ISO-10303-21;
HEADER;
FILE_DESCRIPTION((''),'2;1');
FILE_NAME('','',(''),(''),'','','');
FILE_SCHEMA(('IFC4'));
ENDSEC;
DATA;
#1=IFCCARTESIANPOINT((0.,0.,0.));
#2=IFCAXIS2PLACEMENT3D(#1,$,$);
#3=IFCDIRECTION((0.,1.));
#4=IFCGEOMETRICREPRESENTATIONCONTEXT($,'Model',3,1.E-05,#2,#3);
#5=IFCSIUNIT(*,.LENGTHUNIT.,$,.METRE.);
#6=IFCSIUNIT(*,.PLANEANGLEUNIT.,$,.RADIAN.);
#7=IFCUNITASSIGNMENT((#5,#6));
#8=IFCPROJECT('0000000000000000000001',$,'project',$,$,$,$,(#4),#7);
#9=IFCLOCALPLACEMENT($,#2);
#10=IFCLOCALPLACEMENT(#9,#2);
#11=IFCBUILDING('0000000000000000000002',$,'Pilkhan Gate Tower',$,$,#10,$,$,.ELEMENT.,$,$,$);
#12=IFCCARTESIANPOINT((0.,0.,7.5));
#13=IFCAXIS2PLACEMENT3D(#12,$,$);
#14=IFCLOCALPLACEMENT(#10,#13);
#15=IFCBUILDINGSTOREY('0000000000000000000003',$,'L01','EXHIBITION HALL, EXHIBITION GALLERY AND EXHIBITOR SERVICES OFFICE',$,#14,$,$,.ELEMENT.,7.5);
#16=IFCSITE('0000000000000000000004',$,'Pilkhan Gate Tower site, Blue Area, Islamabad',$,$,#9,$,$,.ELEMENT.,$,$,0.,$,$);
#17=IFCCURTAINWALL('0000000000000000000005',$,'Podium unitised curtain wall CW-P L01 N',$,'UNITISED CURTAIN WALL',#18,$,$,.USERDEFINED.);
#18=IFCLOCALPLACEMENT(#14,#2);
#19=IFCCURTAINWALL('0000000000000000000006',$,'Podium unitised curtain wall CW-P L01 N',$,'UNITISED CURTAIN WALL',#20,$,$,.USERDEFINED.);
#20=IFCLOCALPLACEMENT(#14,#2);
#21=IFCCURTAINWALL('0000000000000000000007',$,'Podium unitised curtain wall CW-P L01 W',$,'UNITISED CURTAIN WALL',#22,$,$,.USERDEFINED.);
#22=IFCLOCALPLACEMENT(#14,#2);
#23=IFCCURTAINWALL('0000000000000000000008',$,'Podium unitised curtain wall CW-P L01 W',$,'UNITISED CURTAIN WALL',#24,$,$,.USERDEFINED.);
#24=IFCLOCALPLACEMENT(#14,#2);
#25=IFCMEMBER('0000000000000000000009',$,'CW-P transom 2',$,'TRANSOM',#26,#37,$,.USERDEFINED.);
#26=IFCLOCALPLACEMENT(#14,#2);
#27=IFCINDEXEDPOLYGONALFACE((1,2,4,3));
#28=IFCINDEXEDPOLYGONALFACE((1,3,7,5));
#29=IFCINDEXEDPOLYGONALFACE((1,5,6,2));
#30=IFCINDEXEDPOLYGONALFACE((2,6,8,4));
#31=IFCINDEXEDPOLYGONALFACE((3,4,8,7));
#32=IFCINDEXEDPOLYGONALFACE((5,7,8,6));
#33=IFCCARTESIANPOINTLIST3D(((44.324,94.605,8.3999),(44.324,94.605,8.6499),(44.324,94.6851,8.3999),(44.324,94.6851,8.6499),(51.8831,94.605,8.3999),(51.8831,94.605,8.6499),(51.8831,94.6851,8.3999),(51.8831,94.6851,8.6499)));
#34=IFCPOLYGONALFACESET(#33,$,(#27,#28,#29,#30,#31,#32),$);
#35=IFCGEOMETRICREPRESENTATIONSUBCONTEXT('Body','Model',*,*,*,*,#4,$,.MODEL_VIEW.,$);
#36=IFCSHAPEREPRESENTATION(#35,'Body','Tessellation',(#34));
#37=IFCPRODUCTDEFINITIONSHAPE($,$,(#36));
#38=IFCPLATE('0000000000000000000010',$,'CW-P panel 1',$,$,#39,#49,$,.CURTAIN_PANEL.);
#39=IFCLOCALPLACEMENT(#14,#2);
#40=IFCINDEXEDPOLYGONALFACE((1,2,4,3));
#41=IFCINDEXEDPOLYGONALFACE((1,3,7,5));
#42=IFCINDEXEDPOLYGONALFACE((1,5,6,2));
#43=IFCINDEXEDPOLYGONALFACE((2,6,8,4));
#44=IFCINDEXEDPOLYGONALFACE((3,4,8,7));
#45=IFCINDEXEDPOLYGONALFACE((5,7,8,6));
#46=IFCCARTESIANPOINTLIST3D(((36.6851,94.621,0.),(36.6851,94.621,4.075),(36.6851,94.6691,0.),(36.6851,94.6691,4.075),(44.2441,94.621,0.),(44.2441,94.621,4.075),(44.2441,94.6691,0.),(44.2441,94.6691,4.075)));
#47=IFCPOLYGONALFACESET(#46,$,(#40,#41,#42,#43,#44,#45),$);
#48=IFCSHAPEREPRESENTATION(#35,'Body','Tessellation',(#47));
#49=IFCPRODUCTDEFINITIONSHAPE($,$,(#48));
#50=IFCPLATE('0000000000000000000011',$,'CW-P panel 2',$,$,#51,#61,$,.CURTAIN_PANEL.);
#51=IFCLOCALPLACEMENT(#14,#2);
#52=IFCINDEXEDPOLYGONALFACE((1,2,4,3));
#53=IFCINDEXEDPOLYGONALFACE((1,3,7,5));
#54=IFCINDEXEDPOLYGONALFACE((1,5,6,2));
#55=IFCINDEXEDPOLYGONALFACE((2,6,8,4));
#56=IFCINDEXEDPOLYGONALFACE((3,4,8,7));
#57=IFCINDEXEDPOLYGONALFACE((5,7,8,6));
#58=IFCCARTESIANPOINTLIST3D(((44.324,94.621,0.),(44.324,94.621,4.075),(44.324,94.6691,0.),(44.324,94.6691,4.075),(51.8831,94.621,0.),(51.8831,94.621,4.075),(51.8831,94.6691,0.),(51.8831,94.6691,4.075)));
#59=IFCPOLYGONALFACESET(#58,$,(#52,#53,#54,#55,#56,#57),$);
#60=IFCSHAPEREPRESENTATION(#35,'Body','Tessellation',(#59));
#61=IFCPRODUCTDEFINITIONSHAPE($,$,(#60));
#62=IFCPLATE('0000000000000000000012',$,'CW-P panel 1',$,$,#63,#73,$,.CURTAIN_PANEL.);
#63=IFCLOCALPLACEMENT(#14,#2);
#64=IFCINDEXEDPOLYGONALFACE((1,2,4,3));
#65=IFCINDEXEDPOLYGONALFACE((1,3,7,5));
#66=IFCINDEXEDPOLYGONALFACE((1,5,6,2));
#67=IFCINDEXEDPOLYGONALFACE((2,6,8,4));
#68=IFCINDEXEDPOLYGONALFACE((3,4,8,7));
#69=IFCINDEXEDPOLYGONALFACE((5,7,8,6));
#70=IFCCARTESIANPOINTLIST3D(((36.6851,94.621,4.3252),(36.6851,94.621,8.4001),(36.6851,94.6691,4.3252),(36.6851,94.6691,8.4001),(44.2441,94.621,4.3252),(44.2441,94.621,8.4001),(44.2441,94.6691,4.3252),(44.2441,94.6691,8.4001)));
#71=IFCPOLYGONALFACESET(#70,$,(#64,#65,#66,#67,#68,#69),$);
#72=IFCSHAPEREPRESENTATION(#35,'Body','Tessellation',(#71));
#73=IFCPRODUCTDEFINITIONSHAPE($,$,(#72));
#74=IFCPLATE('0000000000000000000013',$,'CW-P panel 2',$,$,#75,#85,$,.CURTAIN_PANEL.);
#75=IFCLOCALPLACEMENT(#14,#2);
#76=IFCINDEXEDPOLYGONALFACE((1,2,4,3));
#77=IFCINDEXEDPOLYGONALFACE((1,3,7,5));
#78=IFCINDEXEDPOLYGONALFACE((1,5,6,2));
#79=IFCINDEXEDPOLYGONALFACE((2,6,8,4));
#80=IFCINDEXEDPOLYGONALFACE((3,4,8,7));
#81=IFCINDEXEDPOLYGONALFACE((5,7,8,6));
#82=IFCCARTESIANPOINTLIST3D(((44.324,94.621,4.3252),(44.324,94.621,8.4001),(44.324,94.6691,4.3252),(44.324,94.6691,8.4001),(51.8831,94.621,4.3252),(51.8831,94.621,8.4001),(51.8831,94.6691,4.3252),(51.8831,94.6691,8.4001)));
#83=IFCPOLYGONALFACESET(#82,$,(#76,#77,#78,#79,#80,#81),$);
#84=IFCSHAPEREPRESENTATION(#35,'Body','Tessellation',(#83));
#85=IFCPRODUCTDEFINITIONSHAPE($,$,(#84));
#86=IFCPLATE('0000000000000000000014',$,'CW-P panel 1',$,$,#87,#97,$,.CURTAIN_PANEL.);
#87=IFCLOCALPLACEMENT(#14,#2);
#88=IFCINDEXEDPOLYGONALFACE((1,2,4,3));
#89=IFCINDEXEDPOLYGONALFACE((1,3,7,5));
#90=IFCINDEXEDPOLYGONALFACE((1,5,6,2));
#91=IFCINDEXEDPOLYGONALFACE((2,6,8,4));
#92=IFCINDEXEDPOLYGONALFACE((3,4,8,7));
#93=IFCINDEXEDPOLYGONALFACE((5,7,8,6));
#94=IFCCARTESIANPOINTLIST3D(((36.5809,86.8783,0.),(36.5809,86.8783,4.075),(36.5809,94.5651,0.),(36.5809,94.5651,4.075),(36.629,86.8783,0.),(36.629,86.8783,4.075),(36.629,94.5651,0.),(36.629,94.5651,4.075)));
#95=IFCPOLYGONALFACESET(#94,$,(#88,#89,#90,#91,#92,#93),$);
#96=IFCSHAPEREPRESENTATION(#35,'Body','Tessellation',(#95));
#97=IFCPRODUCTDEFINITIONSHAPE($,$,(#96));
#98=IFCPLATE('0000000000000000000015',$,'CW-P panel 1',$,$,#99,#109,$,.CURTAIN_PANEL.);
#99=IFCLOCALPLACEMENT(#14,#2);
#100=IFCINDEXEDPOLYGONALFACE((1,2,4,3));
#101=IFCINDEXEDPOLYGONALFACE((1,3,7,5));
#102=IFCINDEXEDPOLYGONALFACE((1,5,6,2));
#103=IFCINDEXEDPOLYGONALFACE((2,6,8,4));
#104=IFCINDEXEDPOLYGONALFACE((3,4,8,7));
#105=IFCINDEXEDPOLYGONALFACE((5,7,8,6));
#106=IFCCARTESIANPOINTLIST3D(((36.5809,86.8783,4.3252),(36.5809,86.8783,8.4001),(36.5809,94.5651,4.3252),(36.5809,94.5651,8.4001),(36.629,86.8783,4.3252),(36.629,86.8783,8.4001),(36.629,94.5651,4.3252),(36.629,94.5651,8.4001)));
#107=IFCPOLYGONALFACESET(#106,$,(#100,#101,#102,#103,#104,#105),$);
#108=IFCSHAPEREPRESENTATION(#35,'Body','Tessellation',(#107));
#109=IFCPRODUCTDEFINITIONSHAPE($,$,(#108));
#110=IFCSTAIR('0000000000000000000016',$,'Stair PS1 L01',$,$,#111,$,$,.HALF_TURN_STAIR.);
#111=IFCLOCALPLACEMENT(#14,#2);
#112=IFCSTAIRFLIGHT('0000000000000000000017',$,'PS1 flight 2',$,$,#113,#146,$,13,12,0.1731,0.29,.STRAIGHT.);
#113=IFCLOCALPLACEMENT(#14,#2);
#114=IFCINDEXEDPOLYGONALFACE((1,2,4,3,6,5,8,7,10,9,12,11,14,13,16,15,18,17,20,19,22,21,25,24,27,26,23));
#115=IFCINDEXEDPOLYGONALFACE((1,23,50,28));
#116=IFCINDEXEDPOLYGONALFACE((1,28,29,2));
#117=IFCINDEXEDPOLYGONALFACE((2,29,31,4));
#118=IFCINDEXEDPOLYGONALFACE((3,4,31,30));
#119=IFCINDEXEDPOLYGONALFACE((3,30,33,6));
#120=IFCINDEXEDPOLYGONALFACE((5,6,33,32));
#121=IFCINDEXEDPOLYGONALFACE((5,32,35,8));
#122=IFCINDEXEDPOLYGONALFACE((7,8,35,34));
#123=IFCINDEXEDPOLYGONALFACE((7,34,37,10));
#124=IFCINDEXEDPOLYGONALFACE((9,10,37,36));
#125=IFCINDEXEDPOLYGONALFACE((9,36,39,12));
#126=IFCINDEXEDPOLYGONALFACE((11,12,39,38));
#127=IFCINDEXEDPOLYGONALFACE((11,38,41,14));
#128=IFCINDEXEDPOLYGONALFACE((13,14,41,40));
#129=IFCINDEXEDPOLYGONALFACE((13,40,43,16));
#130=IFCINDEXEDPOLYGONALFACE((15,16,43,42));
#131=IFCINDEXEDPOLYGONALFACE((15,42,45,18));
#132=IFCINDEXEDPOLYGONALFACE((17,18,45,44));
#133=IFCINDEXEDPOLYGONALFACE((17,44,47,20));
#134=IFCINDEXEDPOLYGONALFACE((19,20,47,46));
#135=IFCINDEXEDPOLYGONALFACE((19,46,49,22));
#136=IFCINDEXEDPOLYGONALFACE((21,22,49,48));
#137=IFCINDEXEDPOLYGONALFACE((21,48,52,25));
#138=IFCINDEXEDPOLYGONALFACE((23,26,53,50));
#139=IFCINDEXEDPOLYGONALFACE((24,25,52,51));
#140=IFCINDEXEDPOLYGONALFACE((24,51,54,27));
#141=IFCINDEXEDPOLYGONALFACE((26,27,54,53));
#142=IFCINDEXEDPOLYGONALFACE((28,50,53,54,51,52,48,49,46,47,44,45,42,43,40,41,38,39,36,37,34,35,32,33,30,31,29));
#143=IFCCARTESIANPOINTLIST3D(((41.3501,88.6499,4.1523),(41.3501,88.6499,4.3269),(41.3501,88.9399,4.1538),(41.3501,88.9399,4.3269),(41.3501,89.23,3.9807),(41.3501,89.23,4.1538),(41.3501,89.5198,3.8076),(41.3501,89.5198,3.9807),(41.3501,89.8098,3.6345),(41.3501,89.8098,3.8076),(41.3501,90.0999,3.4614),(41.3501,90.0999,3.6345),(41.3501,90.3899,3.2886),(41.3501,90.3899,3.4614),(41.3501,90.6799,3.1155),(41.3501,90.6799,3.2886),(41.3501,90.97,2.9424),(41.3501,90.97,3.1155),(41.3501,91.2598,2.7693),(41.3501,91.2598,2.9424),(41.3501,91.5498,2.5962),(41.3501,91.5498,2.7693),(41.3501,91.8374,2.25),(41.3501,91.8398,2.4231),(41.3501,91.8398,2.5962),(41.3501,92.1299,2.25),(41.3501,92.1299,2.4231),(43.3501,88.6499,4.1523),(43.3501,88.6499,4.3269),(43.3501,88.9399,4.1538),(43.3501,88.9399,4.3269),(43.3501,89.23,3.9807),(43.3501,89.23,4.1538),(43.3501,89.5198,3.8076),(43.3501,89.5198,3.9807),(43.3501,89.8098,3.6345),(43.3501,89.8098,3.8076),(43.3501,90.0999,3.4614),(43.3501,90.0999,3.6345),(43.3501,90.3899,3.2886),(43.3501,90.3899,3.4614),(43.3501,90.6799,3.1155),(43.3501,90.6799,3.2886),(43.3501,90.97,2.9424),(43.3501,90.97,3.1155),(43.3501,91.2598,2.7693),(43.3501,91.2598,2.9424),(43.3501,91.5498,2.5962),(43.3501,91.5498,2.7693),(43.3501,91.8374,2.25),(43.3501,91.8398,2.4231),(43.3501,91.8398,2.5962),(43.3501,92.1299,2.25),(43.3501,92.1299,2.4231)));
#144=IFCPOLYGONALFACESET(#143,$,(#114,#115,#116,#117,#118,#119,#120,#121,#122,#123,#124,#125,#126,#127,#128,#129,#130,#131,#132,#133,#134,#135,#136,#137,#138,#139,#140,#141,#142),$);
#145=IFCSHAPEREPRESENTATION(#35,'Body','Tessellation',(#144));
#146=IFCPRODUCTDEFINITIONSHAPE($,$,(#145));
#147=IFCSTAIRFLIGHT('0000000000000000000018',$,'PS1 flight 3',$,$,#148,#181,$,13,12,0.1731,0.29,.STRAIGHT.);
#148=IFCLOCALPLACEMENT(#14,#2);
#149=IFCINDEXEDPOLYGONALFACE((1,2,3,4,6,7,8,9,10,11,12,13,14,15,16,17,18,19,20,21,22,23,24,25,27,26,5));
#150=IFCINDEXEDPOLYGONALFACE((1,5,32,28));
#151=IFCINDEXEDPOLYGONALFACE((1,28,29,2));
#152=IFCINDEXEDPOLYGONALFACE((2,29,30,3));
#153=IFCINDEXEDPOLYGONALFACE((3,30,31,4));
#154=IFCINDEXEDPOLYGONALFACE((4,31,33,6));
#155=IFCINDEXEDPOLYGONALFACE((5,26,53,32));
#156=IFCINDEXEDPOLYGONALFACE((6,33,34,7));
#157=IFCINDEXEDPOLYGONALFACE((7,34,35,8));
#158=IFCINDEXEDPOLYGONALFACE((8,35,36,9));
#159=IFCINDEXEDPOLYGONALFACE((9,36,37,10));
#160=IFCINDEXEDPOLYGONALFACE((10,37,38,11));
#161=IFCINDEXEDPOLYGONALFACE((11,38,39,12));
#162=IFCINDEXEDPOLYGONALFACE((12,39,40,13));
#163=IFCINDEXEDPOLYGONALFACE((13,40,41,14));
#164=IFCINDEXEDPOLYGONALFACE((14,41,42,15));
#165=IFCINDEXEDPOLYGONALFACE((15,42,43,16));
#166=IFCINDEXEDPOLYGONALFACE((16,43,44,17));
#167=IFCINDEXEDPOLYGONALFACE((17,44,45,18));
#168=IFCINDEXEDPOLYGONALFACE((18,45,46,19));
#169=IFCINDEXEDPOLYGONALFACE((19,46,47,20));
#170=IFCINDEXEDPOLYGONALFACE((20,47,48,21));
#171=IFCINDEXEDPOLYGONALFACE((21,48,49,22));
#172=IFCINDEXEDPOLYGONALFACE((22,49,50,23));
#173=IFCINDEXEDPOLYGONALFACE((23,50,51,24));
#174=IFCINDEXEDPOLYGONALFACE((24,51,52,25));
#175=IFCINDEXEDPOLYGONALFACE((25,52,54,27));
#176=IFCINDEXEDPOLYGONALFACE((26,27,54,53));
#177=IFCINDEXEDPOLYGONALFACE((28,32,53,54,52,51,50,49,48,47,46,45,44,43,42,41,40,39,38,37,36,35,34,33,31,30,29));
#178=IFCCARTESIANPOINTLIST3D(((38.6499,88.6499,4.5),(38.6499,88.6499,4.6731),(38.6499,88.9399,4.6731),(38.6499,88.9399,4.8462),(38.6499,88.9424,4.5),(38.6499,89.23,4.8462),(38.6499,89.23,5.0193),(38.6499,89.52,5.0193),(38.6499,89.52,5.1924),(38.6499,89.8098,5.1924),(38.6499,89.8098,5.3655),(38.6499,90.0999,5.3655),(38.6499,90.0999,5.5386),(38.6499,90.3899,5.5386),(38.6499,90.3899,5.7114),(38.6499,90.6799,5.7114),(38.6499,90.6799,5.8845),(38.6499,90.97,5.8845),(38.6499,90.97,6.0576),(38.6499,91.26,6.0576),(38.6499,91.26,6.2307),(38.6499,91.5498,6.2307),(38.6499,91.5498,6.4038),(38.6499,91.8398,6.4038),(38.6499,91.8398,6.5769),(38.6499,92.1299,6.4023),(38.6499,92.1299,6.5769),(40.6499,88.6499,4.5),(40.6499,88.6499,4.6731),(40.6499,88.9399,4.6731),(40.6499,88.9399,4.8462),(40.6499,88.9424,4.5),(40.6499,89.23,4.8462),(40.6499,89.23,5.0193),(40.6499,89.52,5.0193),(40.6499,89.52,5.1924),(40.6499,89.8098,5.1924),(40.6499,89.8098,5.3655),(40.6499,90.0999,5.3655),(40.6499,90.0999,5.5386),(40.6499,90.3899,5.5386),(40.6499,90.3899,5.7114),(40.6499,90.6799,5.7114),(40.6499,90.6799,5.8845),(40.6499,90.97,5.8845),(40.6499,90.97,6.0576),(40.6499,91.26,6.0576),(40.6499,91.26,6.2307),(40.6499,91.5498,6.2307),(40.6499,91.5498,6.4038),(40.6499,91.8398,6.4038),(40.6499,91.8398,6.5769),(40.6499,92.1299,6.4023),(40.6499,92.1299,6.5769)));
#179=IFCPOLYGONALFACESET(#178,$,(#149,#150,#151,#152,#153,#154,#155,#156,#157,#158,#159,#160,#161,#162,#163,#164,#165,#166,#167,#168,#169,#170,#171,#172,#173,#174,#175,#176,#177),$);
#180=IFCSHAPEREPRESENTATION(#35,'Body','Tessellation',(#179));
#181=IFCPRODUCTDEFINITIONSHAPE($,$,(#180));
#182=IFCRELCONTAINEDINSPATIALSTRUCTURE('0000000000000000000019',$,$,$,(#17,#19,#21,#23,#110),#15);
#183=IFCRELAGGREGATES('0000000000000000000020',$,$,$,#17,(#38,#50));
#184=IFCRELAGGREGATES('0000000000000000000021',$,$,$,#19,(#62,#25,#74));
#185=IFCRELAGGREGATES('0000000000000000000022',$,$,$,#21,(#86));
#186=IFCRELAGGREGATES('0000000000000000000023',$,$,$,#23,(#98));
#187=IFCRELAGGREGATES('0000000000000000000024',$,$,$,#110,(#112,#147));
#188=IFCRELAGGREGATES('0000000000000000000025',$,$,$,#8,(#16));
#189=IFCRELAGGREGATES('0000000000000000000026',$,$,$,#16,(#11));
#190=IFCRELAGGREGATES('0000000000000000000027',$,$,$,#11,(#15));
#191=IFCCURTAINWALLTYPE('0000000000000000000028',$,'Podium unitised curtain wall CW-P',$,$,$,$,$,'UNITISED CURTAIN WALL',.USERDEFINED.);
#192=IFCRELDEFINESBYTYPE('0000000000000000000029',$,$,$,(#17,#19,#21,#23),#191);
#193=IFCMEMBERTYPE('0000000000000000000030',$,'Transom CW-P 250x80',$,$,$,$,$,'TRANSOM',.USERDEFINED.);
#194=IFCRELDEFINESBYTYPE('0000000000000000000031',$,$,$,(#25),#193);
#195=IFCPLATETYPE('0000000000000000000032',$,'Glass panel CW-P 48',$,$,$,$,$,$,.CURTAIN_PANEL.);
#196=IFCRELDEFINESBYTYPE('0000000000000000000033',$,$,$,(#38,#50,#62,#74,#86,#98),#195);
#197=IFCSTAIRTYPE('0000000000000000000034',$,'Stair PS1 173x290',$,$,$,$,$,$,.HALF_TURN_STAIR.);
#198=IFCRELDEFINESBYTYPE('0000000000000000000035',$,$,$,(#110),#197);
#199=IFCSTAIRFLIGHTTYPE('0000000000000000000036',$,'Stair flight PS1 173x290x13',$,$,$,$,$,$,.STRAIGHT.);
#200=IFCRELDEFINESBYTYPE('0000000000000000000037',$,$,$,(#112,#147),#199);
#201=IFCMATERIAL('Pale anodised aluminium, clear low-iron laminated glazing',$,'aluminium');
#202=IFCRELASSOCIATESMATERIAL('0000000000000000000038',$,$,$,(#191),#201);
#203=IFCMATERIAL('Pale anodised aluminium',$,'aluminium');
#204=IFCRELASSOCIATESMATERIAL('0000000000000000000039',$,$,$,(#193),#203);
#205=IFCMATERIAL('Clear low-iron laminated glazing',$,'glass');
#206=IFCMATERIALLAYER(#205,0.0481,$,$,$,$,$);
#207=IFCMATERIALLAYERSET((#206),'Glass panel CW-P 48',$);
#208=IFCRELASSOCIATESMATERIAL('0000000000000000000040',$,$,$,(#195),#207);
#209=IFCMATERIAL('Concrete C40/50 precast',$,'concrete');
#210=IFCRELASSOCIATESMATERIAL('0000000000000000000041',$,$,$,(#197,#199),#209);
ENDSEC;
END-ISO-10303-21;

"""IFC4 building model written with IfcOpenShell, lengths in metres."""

from ifc_helpers import new_model, si_unit, direction, frame, origin, origin_2d, place, context, subcontext, project, spatial, polyline, rectangle, outline, extrude, material, layer, layer_set, material_profile, profile_set, type_object, element, aggregate, save


model = new_model("IFC4")

# Units and contexts
model_context = context("Model", 3, precision=1e-05, world=origin(), true_north=direction((0.0, 1.0)))
body_context = subcontext(model_context, "Body", "Model", "MODEL_VIEW")
ifc_project = project(units=[si_unit("LENGTHUNIT", "METRE"), si_unit("PLANEANGLEUNIT", "RADIAN")], contexts=[model_context])

# Site, building, storey
site_placement = place(None, origin())
site = spatial("IfcSite", under=ifc_project, at=site_placement, Name="Pilkhan Gate Tower site, Blue Area, Islamabad", CompositionType="ELEMENT", RefElevation=0.0)
building_placement = place(site_placement, origin())
building = spatial("IfcBuilding", under=site, at=building_placement, Name="Pilkhan Gate Tower", CompositionType="ELEMENT")
storey_placement = place(building_placement, frame((0.0, 0.0, 7.5)))
storey = spatial("IfcBuildingStorey", under=building, at=storey_placement, Name="L01", Description="EXHIBITION HALL, EXHIBITION GALLERY AND EXHIBITOR SERVICES OFFICE", CompositionType="ELEMENT", Elevation=7.5)

# Curtain walls
ifc_material_1 = material(Name="Pale anodised aluminium, clear low-iron laminated glazing", Category="aluminium")
curtain_wall_type = type_object("IfcCurtainWallType", Name="Podium unitised curtain wall CW-P", ElementType="UNITISED CURTAIN WALL", PredefinedType="USERDEFINED", material=ifc_material_1)
curtain_wall_1_placement = place(storey_placement, origin())
curtain_wall_1 = element("IfcCurtainWall", 1, at=curtain_wall_1_placement, inside=storey, type_object=curtain_wall_type, Name="Podium unitised curtain wall CW-P L01 N", ObjectType="UNITISED CURTAIN WALL", PredefinedType="USERDEFINED")
ifc_material_2 = material(Name="Pale anodised aluminium", Category="aluminium")
curtain_wall_2_placement = place(storey_placement, origin())
curtain_wall_2 = element("IfcCurtainWall", 2, at=curtain_wall_2_placement, inside=storey, type_object=curtain_wall_type, Name="Podium unitised curtain wall CW-P L01 N", ObjectType="UNITISED CURTAIN WALL", PredefinedType="USERDEFINED")

# Curtain walls
curtain_wall_3_placement = place(storey_placement, origin())
curtain_wall_3 = element("IfcCurtainWall", 3, at=curtain_wall_3_placement, inside=storey, type_object=curtain_wall_type, Name="Podium unitised curtain wall CW-P L01 W", ObjectType="UNITISED CURTAIN WALL", PredefinedType="USERDEFINED")
curtain_wall_4_placement = place(storey_placement, origin())
curtain_wall_4 = element("IfcCurtainWall", 4, at=curtain_wall_4_placement, inside=storey, type_object=curtain_wall_type, Name="Podium unitised curtain wall CW-P L01 W", ObjectType="UNITISED CURTAIN WALL", PredefinedType="USERDEFINED")

# Member
ifc_material_profile_1 = material_profile(ifc_material_2, rectangle(XDim=0.0801, YDim=0.25, at=origin_2d()), Name="Transom 250x80")
ifc_profile_set_1 = profile_set([ifc_material_profile_1], Name="Pale anodised aluminium")
member_type_1 = type_object("IfcMemberType", Name="Transom CW-P 250x80", ElementType="TRANSOM", PredefinedType="USERDEFINED", material=ifc_profile_set_1)
member_1_placement = place(storey_placement, frame((44.324, 94.645, 8.5249), z_axis=(1.0, 0.0, 0.0), x_axis=(0.0, 1.0, 0.0)))
member_1 = element("IfcMember", 5, at=member_1_placement, type_object=member_type_1, Name="CW-P transom 2", ObjectType="TRANSOM", PredefinedType="USERDEFINED", context=body_context, shape_type="SweptSolid", body=[
    extrude(rectangle(XDim=0.0801, YDim=0.25, at=origin_2d()), origin(), (0.0, 0.0, 1.0), 7.5591),
])

# Plates
ifc_material_3 = material(Name="Clear low-iron laminated glazing", Category="glass")
ifc_layer = layer(ifc_material_3, 0.0481)
ifc_layer_set = layer_set([ifc_layer], Name="Glass panel CW-P 48")
plate_type = type_object("IfcPlateType", Name="Glass panel CW-P 48", PredefinedType="CURTAIN_PANEL", material=ifc_layer_set)
plate_1_placement = place(storey_placement, frame((40.4646, 94.645, 0.0), z_axis=(0.0, 0.0, 1.0), x_axis=(1.0, 0.0, 0.0)))
plate_1 = element("IfcPlate", 6, at=plate_1_placement, type_object=plate_type, Name="CW-P panel 1", PredefinedType="CURTAIN_PANEL", context=body_context, shape_type="SweptSolid", body=[
    extrude(rectangle(XDim=7.5591, YDim=0.0481, at=origin_2d()), origin(), (0.0, 0.0, 1.0), 4.075),
])
plate_2_placement = place(storey_placement, frame((48.1035, 94.645, 0.0), z_axis=(0.0, 0.0, 1.0), x_axis=(1.0, 0.0, 0.0)))
plate_2 = element("IfcPlate", 7, at=plate_2_placement, type_object=plate_type, Name="CW-P panel 2", PredefinedType="CURTAIN_PANEL", context=body_context, shape_type="SweptSolid", body=[
    extrude(rectangle(XDim=7.5591, YDim=0.0481, at=origin_2d()), origin(), (0.0, 0.0, 1.0), 4.075),
])
aggregate(curtain_wall_1, [plate_1, plate_2])
plate_3_placement = place(storey_placement, frame((40.4646, 94.645, 4.3252), z_axis=(0.0, 0.0, 1.0), x_axis=(1.0, 0.0, 0.0)))
plate_3 = element("IfcPlate", 8, at=plate_3_placement, type_object=plate_type, Name="CW-P panel 1", PredefinedType="CURTAIN_PANEL", context=body_context, shape_type="SweptSolid", body=[
    extrude(rectangle(XDim=7.5591, YDim=0.0481, at=origin_2d()), origin(), (0.0, 0.0, 1.0), 4.075),
])
plate_4_placement = place(storey_placement, frame((48.1035, 94.645, 4.3252), z_axis=(0.0, 0.0, 1.0), x_axis=(1.0, 0.0, 0.0)))
plate_4 = element("IfcPlate", 9, at=plate_4_placement, type_object=plate_type, Name="CW-P panel 2", PredefinedType="CURTAIN_PANEL", context=body_context, shape_type="SweptSolid", body=[
    extrude(rectangle(XDim=7.5591, YDim=0.0481, at=origin_2d()), origin(), (0.0, 0.0, 1.0), 4.075),
])
aggregate(curtain_wall_2, [plate_3, member_1, plate_4])
plate_5_placement = place(storey_placement, frame((36.605, 90.7217, 0.0), z_axis=(0.0, 0.0, 1.0), x_axis=(0.0, 1.0, 0.0)))
plate_5 = element("IfcPlate", 10, at=plate_5_placement, type_object=plate_type, Name="CW-P panel 1", PredefinedType="CURTAIN_PANEL", context=body_context, shape_type="SweptSolid", body=[
    extrude(rectangle(XDim=7.6868, YDim=0.0481, at=origin_2d()), origin(), (0.0, 0.0, 1.0), 4.075),
])
aggregate(curtain_wall_3, [plate_5])
plate_6_placement = place(storey_placement, frame((36.605, 90.7217, 4.3252), z_axis=(0.0, 0.0, 1.0), x_axis=(0.0, 1.0, 0.0)))
plate_6 = element("IfcPlate", 11, at=plate_6_placement, type_object=plate_type, Name="CW-P panel 1", PredefinedType="CURTAIN_PANEL", context=body_context, shape_type="SweptSolid", body=[
    extrude(rectangle(XDim=7.6868, YDim=0.0481, at=origin_2d()), origin(), (0.0, 0.0, 1.0), 4.075),
])
aggregate(curtain_wall_4, [plate_6])

# Stair, stair flights
ifc_material_4 = material(Name="Concrete C40/50 precast", Category="concrete")
stair_type = type_object("IfcStairType", Name="Stair PS1 173x290", PredefinedType="HALF_TURN_STAIR", material=ifc_material_4)
stair_placement = place(storey_placement, origin())
stair = element("IfcStair", 12, at=stair_placement, inside=storey, type_object=stair_type, Name="Stair PS1 L01", PredefinedType="HALF_TURN_STAIR")
stair_flight_type = type_object("IfcStairFlightType", Name="Stair flight PS1 173x290x13", PredefinedType="STRAIGHT", material=ifc_material_4)
stair_flight_1_placement = place(storey_placement, frame((42.3501, 92.1299, 2.25), z_axis=(0.0, 0.0, 1.0), x_axis=(0.0, -1.0, 0.0)))
stair_flight_1 = element("IfcStairFlight", 13, at=stair_flight_1_placement, type_object=stair_flight_type, Name="PS1 flight 2", NumberOfRisers=13, NumberOfTreads=12, PredefinedType="STRAIGHT", RiserHeight=0.1731, TreadLength=0.29, context=body_context, shape_type="SweptSolid", body=[
    extrude(outline(polyline([(0.0, 0.0), (0.0, 0.1731), (0.29, 0.1731), (0.29, 0.3462), (0.5801, 0.3462), (0.5801, 0.5193), (0.8701, 0.5193), (0.8701, 0.6924), (1.1599, 0.6924), (1.1599, 0.8655), (1.45, 0.8655), (1.45, 1.0386), (1.74, 1.0386), (1.74, 1.2114), (2.03, 1.2114), (2.03, 1.3845), (2.3201, 1.3845), (2.3201, 1.5576), (2.6101, 1.5576), (2.6101, 1.7307), (2.8999, 1.7307), (2.8999, 1.9038), (3.1899, 1.9038), (3.1899, 2.0769), (3.48, 2.0769), (3.48, 2.25), (3.48, 1.9023), (0.2925, 0.0), (0.0, 0.0)])), frame((0.0, 1.0, 0.0), z_axis=(0.0, -1.0, 0.0), x_axis=(1.0, 0.0, 0.0)), (0.0, 0.0, 1.0), 2.0),
])
stair_flight_2_placement = place(storey_placement, frame((39.6499, 88.6499, 4.5), z_axis=(0.0, 0.0, 1.0), x_axis=(0.0, 1.0, 0.0)))
stair_flight_2 = element("IfcStairFlight", 14, at=stair_flight_2_placement, type_object=stair_flight_type, Name="PS1 flight 3", NumberOfRisers=13, NumberOfTreads=12, PredefinedType="STRAIGHT", RiserHeight=0.1731, TreadLength=0.29, context=body_context, shape_type="SweptSolid", body=[
    extrude(outline(polyline([(0.0, 0.0), (0.0, 0.1731), (0.29, 0.1731), (0.29, 0.3462), (0.5801, 0.3462), (0.5801, 0.5193), (0.8701, 0.5193), (0.8701, 0.6924), (1.1599, 0.6924), (1.1599, 0.8655), (1.45, 0.8655), (1.45, 1.0386), (1.74, 1.0386), (1.74, 1.2114), (2.03, 1.2114), (2.03, 1.3845), (2.3201, 1.3845), (2.3201, 1.5576), (2.6101, 1.5576), (2.6101, 1.7307), (2.8999, 1.7307), (2.8999, 1.9038), (3.1899, 1.9038), (3.1899, 2.0769), (3.48, 2.0769), (3.48, 2.25), (3.48, 1.9023), (0.2925, 0.0), (0.0, 0.0)])), frame((0.0, 1.0, 0.0), z_axis=(0.0, -1.0, 0.0), x_axis=(1.0, 0.0, 0.0)), (0.0, 0.0, 1.0), 2.0),
])
aggregate(stair, [stair_flight_1, stair_flight_2])

save(model, "model.ifc")
